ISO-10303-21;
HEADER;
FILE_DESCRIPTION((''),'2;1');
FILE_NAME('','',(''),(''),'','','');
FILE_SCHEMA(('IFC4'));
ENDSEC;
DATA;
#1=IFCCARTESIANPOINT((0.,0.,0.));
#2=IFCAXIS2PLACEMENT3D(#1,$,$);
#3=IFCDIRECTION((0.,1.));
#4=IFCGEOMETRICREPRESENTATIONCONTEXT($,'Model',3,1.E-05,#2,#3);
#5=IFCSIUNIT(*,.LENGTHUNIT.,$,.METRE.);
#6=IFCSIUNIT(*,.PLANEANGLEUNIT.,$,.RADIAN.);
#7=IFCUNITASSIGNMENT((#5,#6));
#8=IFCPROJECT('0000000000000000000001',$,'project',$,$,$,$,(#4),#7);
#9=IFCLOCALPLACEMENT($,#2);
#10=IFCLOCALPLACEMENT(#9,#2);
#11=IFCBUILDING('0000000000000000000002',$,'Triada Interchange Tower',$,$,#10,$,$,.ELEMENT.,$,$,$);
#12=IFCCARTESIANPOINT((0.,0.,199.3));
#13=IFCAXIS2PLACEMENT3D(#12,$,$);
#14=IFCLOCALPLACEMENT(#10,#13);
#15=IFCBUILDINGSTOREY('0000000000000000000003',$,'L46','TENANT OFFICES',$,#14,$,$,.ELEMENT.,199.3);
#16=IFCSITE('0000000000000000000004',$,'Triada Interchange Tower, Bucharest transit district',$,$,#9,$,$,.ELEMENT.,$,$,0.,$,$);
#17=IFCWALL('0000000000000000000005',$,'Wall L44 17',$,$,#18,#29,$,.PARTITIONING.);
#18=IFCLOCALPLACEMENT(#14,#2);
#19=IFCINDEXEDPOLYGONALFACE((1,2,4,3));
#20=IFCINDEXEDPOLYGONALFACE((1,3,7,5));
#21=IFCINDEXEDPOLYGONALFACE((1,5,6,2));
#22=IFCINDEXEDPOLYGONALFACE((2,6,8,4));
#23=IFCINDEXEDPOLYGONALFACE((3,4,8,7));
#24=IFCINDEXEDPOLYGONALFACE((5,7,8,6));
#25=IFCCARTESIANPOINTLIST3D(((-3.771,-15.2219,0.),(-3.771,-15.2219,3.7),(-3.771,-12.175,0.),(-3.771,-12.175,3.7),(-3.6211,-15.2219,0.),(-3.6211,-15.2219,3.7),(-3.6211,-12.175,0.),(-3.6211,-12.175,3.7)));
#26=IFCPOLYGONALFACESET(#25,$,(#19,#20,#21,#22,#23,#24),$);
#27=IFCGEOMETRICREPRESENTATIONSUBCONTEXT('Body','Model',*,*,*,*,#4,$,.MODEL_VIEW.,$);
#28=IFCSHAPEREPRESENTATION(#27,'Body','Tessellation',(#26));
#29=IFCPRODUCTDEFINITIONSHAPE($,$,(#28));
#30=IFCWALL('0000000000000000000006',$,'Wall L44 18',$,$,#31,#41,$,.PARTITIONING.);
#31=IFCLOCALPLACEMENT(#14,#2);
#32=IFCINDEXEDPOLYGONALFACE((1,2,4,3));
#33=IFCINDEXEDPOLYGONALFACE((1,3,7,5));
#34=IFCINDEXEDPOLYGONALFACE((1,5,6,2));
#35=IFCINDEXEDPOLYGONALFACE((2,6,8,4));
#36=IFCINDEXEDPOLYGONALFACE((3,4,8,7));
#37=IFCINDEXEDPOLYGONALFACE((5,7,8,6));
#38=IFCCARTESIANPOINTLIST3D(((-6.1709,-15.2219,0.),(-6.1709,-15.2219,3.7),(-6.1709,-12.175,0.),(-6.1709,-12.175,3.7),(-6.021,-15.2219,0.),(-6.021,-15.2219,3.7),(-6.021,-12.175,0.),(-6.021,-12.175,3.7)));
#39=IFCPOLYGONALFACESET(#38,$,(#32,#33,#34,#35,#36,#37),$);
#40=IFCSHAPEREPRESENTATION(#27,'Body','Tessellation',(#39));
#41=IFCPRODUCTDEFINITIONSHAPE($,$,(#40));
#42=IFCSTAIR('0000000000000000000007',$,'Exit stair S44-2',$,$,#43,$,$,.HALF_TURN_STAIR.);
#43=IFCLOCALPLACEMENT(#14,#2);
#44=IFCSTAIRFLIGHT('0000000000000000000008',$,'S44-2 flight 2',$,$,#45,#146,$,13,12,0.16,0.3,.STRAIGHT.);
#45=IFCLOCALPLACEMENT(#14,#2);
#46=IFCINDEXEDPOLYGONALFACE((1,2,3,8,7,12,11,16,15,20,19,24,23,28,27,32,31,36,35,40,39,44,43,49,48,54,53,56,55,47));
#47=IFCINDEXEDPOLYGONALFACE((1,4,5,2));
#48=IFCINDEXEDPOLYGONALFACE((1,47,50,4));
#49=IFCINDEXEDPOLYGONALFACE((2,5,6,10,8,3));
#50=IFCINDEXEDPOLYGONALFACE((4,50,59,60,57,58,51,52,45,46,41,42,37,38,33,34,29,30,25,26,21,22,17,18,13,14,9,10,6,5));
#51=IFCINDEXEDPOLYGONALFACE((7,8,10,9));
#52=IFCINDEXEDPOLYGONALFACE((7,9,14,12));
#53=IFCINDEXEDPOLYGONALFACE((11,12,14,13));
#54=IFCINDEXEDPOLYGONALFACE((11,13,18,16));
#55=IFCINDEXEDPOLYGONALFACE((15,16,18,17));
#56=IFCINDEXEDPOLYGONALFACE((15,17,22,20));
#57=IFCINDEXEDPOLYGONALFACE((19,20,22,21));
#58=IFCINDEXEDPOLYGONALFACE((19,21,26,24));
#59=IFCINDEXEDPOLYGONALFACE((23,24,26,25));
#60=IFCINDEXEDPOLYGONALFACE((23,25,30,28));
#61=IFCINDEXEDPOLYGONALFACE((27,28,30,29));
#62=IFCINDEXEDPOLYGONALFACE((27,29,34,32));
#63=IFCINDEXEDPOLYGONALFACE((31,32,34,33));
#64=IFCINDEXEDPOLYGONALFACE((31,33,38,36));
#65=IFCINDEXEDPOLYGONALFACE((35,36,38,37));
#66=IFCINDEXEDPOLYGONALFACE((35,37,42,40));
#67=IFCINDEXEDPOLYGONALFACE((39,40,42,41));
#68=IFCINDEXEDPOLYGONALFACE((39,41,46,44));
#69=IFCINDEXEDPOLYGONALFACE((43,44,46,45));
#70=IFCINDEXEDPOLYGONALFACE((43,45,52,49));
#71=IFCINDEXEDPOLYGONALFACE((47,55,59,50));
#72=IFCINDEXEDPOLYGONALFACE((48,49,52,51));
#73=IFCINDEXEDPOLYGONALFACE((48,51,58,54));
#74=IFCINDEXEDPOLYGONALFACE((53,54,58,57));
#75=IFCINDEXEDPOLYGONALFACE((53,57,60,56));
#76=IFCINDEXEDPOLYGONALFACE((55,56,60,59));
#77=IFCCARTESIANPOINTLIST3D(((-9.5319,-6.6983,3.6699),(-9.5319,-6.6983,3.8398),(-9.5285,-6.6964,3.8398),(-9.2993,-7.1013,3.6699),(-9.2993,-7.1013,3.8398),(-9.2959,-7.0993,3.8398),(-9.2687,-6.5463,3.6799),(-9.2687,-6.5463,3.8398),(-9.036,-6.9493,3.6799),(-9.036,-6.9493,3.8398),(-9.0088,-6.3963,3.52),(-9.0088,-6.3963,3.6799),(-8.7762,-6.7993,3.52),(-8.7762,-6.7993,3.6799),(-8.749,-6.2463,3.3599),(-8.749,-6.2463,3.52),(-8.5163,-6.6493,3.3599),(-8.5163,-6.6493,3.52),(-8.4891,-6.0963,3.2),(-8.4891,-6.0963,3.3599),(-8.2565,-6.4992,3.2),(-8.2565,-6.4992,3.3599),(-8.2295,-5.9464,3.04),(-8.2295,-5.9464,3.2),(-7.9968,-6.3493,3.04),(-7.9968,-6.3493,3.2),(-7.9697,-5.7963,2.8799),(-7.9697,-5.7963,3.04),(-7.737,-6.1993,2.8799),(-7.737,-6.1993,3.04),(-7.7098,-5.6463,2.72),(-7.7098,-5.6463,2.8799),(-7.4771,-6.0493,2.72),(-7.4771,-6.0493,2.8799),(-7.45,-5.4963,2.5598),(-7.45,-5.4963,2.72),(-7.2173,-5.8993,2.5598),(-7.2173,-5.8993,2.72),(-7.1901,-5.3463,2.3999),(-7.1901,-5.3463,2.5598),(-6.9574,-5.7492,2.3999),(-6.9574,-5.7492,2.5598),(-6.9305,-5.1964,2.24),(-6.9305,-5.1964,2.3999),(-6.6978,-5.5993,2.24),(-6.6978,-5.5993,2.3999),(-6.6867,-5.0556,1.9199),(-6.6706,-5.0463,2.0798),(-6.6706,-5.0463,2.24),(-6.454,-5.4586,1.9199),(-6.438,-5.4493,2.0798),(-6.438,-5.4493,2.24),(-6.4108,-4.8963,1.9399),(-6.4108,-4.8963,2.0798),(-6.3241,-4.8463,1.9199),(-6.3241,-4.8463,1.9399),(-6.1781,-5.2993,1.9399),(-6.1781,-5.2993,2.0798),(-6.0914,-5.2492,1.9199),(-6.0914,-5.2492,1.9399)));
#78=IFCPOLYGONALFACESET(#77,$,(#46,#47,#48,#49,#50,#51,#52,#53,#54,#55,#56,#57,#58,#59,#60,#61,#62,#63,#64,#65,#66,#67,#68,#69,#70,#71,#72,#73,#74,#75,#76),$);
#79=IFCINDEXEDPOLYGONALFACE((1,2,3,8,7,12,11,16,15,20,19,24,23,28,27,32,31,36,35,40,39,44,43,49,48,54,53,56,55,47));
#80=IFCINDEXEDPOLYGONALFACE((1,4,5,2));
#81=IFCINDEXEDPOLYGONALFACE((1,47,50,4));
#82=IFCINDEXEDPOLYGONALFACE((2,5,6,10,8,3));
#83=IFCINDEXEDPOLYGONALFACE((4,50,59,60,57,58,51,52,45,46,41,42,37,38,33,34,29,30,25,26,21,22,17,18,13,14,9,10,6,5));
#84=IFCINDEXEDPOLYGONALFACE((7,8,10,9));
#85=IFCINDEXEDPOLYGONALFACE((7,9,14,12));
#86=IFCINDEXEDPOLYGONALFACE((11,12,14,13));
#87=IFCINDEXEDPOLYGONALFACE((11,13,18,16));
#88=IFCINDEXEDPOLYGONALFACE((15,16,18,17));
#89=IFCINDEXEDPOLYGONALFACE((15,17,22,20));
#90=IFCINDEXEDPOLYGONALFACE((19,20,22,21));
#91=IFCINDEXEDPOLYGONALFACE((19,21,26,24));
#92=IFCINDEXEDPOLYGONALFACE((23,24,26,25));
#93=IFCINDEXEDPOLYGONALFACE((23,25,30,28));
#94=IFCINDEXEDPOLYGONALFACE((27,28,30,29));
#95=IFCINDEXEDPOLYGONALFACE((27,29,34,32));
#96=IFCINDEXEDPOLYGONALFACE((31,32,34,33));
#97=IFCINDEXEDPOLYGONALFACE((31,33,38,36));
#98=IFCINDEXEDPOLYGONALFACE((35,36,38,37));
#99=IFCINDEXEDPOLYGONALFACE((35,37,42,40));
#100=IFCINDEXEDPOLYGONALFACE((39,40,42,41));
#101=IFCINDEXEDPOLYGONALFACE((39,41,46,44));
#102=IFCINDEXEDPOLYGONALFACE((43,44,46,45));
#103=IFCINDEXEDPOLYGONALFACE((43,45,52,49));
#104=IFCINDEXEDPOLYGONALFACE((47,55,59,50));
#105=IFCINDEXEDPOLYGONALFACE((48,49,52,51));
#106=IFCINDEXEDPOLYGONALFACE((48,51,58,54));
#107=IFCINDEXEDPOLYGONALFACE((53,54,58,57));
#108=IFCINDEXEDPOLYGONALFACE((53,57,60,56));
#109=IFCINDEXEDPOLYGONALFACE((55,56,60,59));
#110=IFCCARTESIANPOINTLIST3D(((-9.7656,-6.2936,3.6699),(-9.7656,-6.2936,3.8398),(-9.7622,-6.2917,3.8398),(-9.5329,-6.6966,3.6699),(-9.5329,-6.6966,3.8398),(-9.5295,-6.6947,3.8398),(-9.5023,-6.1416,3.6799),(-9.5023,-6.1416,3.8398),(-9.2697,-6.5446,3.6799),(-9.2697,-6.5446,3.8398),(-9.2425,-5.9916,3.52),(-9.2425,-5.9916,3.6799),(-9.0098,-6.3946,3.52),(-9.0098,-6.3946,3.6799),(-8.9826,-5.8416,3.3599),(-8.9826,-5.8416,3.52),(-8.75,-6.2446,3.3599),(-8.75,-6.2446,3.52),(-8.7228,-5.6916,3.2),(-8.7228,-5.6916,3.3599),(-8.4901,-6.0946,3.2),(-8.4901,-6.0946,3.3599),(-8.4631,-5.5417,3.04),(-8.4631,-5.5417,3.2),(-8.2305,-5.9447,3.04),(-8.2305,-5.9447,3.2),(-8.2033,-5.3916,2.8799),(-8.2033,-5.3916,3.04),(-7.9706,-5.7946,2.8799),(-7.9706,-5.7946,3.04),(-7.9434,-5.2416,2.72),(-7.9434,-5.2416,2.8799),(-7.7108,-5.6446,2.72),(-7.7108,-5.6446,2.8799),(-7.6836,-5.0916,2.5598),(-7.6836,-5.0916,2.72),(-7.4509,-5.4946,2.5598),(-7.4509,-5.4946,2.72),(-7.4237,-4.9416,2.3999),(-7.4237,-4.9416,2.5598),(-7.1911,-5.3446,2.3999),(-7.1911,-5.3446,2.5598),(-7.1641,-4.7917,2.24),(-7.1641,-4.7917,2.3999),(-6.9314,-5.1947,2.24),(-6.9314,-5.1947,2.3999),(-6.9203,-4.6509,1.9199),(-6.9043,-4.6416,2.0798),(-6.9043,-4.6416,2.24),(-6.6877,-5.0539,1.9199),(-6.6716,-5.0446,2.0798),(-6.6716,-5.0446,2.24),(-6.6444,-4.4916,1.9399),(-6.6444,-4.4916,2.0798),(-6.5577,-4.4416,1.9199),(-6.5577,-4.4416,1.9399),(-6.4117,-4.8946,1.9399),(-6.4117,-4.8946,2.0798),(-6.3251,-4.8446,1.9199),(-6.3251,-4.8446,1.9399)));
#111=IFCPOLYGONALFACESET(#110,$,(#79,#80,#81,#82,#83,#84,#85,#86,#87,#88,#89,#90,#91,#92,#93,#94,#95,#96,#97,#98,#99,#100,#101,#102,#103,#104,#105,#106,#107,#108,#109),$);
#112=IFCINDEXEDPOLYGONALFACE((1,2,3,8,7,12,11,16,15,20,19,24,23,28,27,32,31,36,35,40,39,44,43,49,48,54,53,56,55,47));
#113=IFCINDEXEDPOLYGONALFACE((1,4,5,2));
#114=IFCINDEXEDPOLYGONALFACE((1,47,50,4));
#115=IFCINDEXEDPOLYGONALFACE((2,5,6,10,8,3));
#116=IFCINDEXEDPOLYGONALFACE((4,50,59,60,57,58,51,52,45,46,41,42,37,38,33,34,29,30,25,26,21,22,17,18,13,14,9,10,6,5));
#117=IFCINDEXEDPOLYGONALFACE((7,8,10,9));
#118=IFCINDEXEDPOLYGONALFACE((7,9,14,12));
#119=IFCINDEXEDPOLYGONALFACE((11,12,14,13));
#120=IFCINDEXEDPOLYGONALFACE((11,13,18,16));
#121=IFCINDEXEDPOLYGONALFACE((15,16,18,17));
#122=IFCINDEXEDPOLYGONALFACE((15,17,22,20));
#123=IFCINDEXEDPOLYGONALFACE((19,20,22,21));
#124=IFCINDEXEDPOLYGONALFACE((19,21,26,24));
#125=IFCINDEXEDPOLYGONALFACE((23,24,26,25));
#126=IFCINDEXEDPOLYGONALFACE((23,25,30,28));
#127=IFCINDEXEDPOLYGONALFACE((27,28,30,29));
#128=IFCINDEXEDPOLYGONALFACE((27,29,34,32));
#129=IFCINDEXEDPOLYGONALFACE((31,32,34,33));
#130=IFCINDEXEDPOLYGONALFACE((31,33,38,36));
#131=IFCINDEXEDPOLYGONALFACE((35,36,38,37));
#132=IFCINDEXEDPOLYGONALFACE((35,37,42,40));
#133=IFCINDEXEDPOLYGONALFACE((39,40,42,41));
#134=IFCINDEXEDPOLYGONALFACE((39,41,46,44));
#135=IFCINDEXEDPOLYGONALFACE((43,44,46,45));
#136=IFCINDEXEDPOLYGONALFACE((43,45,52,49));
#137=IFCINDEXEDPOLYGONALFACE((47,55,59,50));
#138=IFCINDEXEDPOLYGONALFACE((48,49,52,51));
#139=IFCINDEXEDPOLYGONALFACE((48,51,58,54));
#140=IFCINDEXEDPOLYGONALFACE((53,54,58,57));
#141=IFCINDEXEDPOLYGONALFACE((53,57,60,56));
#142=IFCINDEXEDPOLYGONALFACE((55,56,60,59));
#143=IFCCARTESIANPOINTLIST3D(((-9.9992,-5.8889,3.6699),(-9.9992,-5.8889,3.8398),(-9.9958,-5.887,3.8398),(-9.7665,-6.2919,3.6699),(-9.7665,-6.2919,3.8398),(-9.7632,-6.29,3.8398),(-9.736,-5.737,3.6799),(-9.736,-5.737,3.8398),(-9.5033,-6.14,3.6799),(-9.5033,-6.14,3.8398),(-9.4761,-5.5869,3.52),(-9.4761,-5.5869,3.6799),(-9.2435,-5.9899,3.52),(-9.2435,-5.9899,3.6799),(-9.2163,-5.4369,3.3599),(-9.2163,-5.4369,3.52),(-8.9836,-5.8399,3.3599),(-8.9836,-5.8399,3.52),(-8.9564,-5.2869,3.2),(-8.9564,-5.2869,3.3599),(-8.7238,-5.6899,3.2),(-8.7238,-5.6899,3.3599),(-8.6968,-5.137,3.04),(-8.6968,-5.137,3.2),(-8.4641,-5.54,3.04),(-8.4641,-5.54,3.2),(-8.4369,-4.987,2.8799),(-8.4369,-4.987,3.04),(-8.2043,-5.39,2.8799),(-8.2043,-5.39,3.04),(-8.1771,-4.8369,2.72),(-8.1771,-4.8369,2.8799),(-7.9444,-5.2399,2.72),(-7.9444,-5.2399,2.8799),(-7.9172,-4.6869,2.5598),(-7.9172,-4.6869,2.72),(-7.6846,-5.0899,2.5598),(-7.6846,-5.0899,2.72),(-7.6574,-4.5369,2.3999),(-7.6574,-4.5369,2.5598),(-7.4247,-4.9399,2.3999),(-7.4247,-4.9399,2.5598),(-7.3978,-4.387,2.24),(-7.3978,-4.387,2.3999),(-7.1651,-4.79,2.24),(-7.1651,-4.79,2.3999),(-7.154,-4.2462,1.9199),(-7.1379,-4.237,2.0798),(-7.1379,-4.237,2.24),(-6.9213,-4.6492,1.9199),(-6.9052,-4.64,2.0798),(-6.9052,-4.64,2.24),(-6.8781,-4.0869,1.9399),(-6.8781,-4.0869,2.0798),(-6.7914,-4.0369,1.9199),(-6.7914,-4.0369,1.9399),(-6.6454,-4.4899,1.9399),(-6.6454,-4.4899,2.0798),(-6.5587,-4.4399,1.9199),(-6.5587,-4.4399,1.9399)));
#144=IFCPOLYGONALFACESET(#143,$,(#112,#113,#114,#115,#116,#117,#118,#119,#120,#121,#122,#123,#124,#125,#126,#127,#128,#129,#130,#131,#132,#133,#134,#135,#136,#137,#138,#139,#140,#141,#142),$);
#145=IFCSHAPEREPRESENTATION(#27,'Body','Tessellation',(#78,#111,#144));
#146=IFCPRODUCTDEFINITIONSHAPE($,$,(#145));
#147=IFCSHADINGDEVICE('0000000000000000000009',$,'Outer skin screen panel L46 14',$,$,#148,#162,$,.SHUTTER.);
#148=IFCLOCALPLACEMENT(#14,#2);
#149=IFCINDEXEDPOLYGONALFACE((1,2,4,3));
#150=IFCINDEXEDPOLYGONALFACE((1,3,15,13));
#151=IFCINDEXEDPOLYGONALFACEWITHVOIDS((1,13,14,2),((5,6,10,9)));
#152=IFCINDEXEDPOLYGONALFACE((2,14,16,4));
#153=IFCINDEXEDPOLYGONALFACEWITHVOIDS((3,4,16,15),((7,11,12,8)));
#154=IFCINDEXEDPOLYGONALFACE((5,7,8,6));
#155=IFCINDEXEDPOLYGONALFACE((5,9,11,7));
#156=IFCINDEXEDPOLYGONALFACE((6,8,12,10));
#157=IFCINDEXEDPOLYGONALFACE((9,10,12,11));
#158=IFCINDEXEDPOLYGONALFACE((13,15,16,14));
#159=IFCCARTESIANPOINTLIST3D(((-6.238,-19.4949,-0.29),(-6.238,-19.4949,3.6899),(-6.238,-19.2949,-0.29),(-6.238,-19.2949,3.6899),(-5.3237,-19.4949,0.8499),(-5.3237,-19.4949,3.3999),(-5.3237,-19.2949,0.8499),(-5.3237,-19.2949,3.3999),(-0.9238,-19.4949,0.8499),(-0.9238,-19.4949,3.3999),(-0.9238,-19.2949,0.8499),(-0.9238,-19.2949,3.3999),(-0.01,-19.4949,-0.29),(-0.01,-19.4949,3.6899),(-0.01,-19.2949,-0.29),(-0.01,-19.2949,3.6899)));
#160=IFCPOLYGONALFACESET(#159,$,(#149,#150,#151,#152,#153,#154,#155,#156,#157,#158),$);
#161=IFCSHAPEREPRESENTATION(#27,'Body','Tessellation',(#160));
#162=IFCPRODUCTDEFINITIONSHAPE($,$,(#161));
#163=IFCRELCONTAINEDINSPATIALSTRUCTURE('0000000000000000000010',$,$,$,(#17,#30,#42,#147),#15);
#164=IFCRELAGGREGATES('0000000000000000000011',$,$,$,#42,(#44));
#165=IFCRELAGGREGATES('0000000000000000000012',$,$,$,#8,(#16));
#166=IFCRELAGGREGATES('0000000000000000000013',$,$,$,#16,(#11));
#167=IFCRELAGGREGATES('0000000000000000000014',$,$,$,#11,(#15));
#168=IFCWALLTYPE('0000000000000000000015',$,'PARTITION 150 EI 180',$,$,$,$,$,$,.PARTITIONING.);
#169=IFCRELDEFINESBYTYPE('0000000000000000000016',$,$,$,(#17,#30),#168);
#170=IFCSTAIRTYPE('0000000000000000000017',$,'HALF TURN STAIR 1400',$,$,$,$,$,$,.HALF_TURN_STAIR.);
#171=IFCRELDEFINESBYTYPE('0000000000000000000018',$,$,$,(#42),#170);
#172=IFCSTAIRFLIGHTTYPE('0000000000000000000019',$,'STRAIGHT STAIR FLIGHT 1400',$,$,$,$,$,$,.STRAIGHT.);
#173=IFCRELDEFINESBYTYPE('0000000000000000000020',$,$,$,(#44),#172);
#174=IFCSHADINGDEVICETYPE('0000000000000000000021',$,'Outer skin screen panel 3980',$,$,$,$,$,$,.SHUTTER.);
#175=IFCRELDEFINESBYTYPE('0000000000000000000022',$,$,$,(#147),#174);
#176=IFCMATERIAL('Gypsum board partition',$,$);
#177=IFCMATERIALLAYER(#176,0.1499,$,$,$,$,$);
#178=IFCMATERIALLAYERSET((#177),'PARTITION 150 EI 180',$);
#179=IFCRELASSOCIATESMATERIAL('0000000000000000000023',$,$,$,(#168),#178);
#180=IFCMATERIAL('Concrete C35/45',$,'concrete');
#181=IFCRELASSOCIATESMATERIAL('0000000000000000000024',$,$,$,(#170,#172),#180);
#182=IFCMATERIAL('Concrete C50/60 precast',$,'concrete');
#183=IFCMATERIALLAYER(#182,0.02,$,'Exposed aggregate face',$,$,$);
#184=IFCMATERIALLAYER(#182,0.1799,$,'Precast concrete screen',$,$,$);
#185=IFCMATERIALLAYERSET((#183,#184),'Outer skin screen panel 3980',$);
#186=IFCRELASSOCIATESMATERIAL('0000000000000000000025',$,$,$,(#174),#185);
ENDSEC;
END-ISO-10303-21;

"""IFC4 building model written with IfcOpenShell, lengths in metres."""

from ifc_helpers import new_model, si_unit, direction, frame, frame_2d, origin, place, context, subcontext, project, spatial, polyline, rectangle, outline, extrude, material, layer, layer_set, type_object, element, aggregate, save


model = new_model("IFC4")

# Units and contexts
model_context = context("Model", 3, precision=1e-05, world=origin(), true_north=direction((0.0, 1.0)))
body_context = subcontext(model_context, "Body", "Model", "MODEL_VIEW")
ifc_project = project(units=[si_unit("LENGTHUNIT", "METRE"), si_unit("PLANEANGLEUNIT", "RADIAN")], contexts=[model_context])

# Site, building, storey
site_placement = place(None, origin())
site = spatial("IfcSite", under=ifc_project, at=site_placement, Name="Triada Interchange Tower, Bucharest transit district", CompositionType="ELEMENT", RefElevation=0.0)
building_placement = place(site_placement, origin())
building = spatial("IfcBuilding", under=site, at=building_placement, Name="Triada Interchange Tower", CompositionType="ELEMENT")
storey_placement = place(building_placement, frame((0.0, 0.0, 199.3)))
storey = spatial("IfcBuildingStorey", under=building, at=storey_placement, Name="L46", Description="TENANT OFFICES", CompositionType="ELEMENT", Elevation=199.3)

# Walls
ifc_material_1 = material(Name="Gypsum board partition")
ifc_layer_1 = layer(ifc_material_1, 0.1499)
ifc_layer_set_1 = layer_set([ifc_layer_1], Name="PARTITION 150 EI 180")
wall_type_1 = type_object("IfcWallType", Name="PARTITION 150 EI 180", PredefinedType="PARTITIONING", material=ifc_layer_set_1)
for number, where, z_axis, x_axis, name in (
    (1, (-3.696, -15.2219, 0.0), (0.0, 0.0, 1.0), (0.0, 1.0, 0.0), "Wall L44 17"),
    (2, (-6.0959, -15.2219, 0.0), (0.0, 0.0, 1.0), (0.0, 1.0, 0.0), "Wall L44 18"),
):
    element("IfcWall", number, at=place(storey_placement, frame(where, z_axis=z_axis, x_axis=x_axis)), inside=storey, type_object=wall_type_1, Name=name, PredefinedType="PARTITIONING", context=body_context, shape_type="SweptSolid", body=[
        extrude(rectangle(XDim=3.0469, YDim=0.1499, at=frame_2d((1.5234, 0.0))), origin(), (0.0, 0.0, 1.0), 3.7),
    ])

# Stair, stair flight
ifc_material_2 = material(Name="Concrete C35/45", Category="concrete")
stair_type = type_object("IfcStairType", Name="HALF TURN STAIR 1400", PredefinedType="HALF_TURN_STAIR", material=ifc_material_2)
stair_placement = place(storey_placement, origin())
stair = element("IfcStair", 3, at=stair_placement, inside=storey, type_object=stair_type, Name="Exit stair S44-2", PredefinedType="HALF_TURN_STAIR")
stair_flight_type = type_object("IfcStairFlightType", Name="STRAIGHT STAIR FLIGHT 1400", PredefinedType="STRAIGHT", material=ifc_material_2)
stair_flight_placement = place(storey_placement, frame((-6.5281, -4.6931, 1.9199), z_axis=(0.0, 0.0, 1.0), x_axis=(-0.866025, -0.5, 0.0)))
stair_flight = element("IfcStairFlight", 4, at=stair_flight_placement, type_object=stair_flight_type, Name="S44-2 flight 2", NumberOfRisers=13, NumberOfTreads=12, PredefinedType="STRAIGHT", RiserHeight=0.16, TreadLength=0.3, context=body_context, shape_type="SweptSolid", body=[
    extrude(outline(polyline([(-0.1001, 0.0), (-0.1001, 0.02), (0.0, 0.02), (0.0, 0.1599), (0.3, 0.1599), (0.3, 0.3201), (0.6001, 0.3201), (0.6001, 0.48), (0.8999, 0.48), (0.8999, 0.6399), (1.2, 0.6399), (1.2, 0.8), (1.5, 0.8), (1.5, 0.96), (1.8, 0.96), (1.8, 1.1201), (2.1001, 1.1201), (2.1001, 1.28), (2.3999, 1.28), (2.3999, 1.4399), (2.7, 1.4399), (2.7, 1.6001), (3.0, 1.6001), (3.0, 1.76), (3.3, 1.76), (3.3, 1.9199), (3.6001, 1.9199), (3.604, 1.9199), (3.604, 2.0801), (3.604, 1.75), (0.3186, 0.0), (-0.1001, 0.0)])), frame((0.0, 0.7, 0.0), z_axis=(0.0, -1.0, 0.0), x_axis=(1.0, 0.0, 0.0)), (0.0, 0.0, 1.0), 0.4653),
    extrude(outline(polyline([(-0.1001, 0.0), (-0.1001, 0.02), (0.0, 0.02), (0.0, 0.1599), (0.3, 0.1599), (0.3, 0.3201), (0.6001, 0.3201), (0.6001, 0.48), (0.8999, 0.48), (0.8999, 0.6399), (1.2, 0.6399), (1.2, 0.8), (1.5, 0.8), (1.5, 0.96), (1.8, 0.96), (1.8, 1.1201), (2.1001, 1.1201), (2.1001, 1.28), (2.3999, 1.28), (2.3999, 1.4399), (2.7, 1.4399), (2.7, 1.6001), (3.0, 1.6001), (3.0, 1.76), (3.3, 1.76), (3.3, 1.9199), (3.6001, 1.9199), (3.604, 1.9199), (3.604, 2.0801), (3.604, 1.75), (0.3186, 0.0), (-0.1001, 0.0)])), frame((0.0, 0.2327, 0.0), z_axis=(0.0, -1.0, 0.0), x_axis=(1.0, 0.0, 0.0)), (0.0, 0.0, 1.0), 0.4653),
    extrude(outline(polyline([(-0.1001, 0.0), (-0.1001, 0.02), (0.0, 0.02), (0.0, 0.1599), (0.3, 0.1599), (0.3, 0.3201), (0.6001, 0.3201), (0.6001, 0.48), (0.8999, 0.48), (0.8999, 0.6399), (1.2, 0.6399), (1.2, 0.8), (1.5, 0.8), (1.5, 0.96), (1.8, 0.96), (1.8, 1.1201), (2.1001, 1.1201), (2.1001, 1.28), (2.3999, 1.28), (2.3999, 1.4399), (2.7, 1.4399), (2.7, 1.6001), (3.0, 1.6001), (3.0, 1.76), (3.3, 1.76), (3.3, 1.9199), (3.6001, 1.9199), (3.604, 1.9199), (3.604, 2.0801), (3.604, 1.75), (0.3186, 0.0), (-0.1001, 0.0)])), frame((0.0, -0.2346, 0.0), z_axis=(0.0, -1.0, 0.0), x_axis=(1.0, 0.0, 0.0)), (0.0, 0.0, 1.0), 0.4653),
])

# Shading device
ifc_material_3 = material(Name="Concrete C50/60 precast", Category="concrete")
ifc_layer_2 = layer(ifc_material_3, 0.02, Name="Exposed aggregate face")
ifc_layer_3 = layer(ifc_material_3, 0.1799, Name="Precast concrete screen")
ifc_layer_set_2 = layer_set([ifc_layer_2, ifc_layer_3], Name="Outer skin screen panel 3980")
shading_device_type = type_object("IfcShadingDeviceType", Name="Outer skin screen panel 3980", PredefinedType="SHUTTER", material=ifc_layer_set_2)
shading_device_placement = place(storey_placement, frame((-6.238, -19.2949, -0.29), z_axis=(0.0, 0.0, 1.0), x_axis=(1.0, 0.0, 0.0)))
element("IfcShadingDevice", 5, at=shading_device_placement, inside=storey, type_object=shading_device_type, Name="Outer skin screen panel L46 14", PredefinedType="SHUTTER", context=body_context, shape_type="SweptSolid", body=[
    extrude(outline(polyline([(0.0, 0.0), (6.228, 0.0), (6.228, 3.98), (0.0, 3.98), (0.0, 0.0)]), holes=[polyline([(0.9143, 1.1399), (0.9143, 3.6899), (5.3142, 3.6899), (5.3142, 1.1399), (0.9143, 1.1399)])]), frame((0.0, 0.0, 0.0), z_axis=(0.0, -1.0, 0.0), x_axis=(1.0, 0.0, 0.0)), (0.0, 0.0, 1.0), 0.2),
])

aggregate(stair, [stair_flight])

save(model, "model.ifc")
